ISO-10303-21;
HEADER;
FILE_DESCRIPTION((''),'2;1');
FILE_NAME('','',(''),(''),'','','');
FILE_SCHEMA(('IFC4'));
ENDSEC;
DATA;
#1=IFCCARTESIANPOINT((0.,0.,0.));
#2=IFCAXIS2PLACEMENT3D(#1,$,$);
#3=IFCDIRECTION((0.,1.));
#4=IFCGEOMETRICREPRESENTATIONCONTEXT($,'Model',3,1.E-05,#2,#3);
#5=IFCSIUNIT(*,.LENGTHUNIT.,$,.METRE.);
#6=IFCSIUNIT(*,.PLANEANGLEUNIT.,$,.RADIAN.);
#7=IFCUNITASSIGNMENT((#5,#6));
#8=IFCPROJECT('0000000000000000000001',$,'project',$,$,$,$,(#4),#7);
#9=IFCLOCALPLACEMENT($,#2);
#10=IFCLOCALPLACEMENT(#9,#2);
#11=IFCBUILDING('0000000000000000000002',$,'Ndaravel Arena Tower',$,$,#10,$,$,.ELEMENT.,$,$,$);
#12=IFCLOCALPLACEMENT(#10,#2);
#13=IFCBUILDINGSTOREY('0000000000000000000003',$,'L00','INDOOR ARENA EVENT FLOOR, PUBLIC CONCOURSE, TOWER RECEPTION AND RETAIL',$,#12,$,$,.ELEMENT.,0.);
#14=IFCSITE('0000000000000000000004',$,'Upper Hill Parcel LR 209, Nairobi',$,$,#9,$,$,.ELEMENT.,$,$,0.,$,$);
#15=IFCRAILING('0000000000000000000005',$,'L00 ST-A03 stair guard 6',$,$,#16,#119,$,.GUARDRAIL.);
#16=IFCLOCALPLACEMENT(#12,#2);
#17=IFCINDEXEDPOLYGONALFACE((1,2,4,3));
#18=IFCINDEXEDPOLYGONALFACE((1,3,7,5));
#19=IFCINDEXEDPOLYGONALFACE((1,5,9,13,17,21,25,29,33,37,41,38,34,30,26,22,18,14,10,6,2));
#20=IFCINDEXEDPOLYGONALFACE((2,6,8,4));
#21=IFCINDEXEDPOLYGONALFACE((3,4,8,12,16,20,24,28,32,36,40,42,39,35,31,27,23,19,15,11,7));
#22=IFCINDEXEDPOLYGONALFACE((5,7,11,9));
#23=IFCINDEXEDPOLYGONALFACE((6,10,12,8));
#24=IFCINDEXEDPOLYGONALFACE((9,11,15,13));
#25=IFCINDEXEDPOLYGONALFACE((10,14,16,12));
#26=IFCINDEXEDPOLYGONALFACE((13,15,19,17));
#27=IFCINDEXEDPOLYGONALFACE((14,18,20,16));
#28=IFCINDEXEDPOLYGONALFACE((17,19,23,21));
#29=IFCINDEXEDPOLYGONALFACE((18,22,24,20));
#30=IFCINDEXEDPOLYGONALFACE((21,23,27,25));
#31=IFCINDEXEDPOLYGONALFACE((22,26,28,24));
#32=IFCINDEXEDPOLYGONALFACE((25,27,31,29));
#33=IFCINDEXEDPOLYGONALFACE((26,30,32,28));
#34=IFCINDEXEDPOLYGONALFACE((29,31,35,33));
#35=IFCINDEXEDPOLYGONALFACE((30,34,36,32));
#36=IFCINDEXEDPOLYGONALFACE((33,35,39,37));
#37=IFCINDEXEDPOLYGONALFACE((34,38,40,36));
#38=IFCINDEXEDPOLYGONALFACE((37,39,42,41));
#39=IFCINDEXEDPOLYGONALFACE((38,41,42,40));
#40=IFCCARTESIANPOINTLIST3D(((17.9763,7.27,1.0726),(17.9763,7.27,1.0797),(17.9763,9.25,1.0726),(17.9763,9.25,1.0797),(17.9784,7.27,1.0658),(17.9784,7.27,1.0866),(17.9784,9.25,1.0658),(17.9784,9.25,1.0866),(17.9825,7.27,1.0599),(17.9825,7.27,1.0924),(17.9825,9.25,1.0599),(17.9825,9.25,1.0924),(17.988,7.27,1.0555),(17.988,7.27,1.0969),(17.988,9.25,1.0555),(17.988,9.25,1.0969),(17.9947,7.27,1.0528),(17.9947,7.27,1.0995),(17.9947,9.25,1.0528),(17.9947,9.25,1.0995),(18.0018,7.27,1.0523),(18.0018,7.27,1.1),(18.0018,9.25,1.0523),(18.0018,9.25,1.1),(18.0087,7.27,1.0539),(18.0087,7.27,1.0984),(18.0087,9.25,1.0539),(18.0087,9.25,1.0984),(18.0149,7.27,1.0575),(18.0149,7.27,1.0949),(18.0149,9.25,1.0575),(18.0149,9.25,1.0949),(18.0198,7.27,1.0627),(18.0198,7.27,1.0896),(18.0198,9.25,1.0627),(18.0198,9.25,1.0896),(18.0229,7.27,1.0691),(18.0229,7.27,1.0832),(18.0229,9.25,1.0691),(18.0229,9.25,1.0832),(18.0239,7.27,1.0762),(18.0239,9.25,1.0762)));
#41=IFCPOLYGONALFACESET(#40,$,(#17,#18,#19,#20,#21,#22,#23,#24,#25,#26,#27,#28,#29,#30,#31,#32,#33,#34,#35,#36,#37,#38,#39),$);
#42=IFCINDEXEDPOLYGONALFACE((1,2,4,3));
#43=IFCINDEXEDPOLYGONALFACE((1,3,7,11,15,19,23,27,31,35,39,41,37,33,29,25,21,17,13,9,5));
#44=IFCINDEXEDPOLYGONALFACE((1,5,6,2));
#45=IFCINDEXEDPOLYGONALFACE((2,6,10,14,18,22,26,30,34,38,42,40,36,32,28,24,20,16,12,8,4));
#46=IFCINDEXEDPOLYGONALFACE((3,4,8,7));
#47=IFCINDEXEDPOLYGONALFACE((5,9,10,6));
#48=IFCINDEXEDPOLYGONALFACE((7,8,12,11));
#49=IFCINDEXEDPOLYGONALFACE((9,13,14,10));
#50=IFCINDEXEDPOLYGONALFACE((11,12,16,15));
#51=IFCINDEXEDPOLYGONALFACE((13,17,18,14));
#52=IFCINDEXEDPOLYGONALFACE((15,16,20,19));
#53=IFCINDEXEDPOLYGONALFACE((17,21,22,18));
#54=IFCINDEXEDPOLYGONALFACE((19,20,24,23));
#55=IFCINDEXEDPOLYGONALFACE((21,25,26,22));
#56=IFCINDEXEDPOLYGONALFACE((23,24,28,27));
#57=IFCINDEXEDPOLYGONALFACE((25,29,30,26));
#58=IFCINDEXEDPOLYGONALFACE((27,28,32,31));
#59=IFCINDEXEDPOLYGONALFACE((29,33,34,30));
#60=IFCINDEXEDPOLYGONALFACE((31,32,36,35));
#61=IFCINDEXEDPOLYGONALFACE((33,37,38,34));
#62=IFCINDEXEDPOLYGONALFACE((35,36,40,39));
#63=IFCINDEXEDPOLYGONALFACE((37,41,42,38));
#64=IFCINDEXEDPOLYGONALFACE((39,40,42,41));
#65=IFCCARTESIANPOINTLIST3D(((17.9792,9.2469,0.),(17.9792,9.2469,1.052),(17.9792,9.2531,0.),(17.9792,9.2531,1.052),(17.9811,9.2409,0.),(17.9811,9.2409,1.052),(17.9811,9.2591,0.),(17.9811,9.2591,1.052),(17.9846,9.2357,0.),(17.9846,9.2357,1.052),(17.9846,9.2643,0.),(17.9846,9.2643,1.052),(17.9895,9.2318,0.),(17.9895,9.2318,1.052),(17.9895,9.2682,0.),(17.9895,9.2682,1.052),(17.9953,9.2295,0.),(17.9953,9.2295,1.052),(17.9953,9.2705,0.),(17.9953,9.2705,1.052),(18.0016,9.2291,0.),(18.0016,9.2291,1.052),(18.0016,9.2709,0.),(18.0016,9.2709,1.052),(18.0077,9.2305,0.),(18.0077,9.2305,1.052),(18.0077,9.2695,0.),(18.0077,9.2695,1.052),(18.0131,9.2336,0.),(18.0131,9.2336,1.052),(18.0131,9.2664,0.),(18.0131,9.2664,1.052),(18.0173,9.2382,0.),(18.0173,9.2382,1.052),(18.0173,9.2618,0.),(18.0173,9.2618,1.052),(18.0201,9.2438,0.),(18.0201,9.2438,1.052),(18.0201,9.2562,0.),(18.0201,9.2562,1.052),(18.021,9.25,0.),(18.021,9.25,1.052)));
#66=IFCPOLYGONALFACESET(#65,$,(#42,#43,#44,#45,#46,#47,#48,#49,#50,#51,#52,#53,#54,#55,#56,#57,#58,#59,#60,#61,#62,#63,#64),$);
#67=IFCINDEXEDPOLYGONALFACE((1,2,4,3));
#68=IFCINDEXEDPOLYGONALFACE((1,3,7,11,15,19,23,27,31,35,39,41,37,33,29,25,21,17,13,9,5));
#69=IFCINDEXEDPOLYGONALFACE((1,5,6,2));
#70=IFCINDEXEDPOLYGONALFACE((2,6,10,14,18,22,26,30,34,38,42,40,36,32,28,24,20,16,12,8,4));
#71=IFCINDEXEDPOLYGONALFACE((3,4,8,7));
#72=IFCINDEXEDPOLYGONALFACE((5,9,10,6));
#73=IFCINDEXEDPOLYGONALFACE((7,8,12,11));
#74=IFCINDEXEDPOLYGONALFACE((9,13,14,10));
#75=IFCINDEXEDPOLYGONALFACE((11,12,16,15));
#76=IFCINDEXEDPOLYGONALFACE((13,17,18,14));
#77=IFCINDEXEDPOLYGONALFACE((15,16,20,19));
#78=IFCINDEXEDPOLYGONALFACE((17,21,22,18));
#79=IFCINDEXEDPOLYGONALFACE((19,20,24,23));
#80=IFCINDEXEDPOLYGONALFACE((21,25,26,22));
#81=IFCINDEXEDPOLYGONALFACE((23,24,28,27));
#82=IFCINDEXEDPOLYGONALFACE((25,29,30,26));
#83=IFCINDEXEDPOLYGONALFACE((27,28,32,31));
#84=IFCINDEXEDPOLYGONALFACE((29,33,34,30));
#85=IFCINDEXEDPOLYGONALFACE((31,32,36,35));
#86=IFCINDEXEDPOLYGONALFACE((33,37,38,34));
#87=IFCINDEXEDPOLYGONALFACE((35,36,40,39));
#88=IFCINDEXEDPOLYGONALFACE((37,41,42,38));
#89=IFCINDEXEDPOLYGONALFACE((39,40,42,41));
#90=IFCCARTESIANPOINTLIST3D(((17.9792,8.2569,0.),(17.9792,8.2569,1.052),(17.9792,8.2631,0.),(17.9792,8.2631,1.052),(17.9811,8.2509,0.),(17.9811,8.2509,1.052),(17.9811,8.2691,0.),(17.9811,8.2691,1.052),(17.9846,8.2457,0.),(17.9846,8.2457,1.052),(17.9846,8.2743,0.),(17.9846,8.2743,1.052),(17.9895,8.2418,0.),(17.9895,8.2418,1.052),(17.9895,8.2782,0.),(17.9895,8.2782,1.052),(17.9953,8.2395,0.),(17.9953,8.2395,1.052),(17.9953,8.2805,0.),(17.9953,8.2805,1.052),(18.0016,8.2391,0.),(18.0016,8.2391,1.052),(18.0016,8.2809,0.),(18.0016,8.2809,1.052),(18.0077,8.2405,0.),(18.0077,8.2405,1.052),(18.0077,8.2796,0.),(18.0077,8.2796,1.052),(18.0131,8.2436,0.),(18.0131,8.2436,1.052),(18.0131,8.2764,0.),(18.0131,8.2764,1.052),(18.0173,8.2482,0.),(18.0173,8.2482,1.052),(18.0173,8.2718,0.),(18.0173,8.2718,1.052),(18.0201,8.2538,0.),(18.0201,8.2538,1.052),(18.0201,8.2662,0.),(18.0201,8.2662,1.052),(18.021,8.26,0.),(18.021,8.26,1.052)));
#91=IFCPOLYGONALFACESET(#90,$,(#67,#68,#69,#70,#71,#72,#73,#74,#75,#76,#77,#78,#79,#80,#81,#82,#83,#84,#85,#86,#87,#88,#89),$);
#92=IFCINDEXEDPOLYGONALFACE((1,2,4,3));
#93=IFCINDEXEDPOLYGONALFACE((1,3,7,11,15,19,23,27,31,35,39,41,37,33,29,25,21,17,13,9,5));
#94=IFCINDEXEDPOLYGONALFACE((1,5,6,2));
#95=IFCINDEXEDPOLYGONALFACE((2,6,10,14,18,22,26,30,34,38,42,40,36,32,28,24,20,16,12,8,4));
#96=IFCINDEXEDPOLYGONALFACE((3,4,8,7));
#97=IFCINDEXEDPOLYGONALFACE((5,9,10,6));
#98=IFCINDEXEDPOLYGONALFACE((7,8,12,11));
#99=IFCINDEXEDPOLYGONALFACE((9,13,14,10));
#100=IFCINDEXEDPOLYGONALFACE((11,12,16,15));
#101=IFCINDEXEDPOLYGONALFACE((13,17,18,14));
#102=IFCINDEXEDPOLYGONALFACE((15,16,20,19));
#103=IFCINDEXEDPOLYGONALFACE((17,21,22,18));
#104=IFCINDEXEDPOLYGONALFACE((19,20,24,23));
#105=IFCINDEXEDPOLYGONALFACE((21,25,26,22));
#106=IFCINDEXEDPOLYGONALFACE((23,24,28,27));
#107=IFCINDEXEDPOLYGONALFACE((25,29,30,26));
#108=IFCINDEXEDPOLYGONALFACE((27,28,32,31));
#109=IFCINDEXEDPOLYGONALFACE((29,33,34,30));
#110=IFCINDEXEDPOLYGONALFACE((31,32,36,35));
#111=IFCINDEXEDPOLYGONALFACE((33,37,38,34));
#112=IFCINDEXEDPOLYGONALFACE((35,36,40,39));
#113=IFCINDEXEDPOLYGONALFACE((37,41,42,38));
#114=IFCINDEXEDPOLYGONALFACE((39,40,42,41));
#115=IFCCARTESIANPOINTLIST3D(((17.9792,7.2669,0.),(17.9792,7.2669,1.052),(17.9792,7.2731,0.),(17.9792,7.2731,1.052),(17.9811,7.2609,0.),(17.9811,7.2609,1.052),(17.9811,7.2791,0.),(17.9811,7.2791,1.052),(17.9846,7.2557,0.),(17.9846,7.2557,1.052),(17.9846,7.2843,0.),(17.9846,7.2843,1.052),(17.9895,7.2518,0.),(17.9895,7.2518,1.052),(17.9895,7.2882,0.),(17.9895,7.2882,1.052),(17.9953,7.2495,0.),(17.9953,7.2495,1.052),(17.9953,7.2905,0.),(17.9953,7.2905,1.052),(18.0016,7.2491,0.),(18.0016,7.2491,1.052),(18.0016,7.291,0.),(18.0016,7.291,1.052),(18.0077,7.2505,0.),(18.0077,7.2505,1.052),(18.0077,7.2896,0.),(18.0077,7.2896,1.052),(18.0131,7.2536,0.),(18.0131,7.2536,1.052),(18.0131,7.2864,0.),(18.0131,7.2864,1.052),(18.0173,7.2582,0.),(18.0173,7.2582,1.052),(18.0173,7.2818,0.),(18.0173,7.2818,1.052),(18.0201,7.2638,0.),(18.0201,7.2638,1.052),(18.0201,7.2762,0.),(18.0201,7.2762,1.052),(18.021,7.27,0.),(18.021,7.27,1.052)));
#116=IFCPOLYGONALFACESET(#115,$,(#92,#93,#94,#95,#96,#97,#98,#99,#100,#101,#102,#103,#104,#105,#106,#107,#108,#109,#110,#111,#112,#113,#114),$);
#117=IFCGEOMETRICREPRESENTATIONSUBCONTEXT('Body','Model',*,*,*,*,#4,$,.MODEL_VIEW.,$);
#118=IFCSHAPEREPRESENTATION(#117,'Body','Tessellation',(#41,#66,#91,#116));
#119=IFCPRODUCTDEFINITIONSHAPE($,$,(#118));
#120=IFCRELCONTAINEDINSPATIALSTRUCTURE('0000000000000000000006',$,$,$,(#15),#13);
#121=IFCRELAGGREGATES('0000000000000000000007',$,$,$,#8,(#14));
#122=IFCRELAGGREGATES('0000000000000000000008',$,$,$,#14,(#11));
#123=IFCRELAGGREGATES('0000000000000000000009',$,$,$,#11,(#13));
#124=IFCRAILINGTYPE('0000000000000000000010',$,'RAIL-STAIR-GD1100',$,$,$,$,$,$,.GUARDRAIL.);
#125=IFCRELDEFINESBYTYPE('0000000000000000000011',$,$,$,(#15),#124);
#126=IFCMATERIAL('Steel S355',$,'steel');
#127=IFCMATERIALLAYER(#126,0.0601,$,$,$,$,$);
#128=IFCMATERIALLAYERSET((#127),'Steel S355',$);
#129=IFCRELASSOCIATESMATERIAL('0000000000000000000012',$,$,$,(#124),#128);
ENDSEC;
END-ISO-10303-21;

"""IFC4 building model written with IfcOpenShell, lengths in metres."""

from ifc_helpers import new_model, si_unit, direction, frame, origin, origin_2d, place, context, subcontext, project, spatial, circle, extrude, material, layer, layer_set, type_object, element, save


model = new_model("IFC4")

# Units and contexts
model_context = context("Model", 3, precision=1e-05, world=origin(), true_north=direction((0.0, 1.0)))
body_context = subcontext(model_context, "Body", "Model", "MODEL_VIEW")
ifc_project = project(units=[si_unit("LENGTHUNIT", "METRE"), si_unit("PLANEANGLEUNIT", "RADIAN")], contexts=[model_context])

# Site, building, storey
site_placement = place(None, origin())
site = spatial("IfcSite", under=ifc_project, at=site_placement, Name="Upper Hill Parcel LR 209, Nairobi", CompositionType="ELEMENT", RefElevation=0.0)
building_placement = place(site_placement, origin())
building = spatial("IfcBuilding", under=site, at=building_placement, Name="Ndaravel Arena Tower", CompositionType="ELEMENT")
storey_placement = place(building_placement, origin())
storey = spatial("IfcBuildingStorey", under=building, at=storey_placement, Name="L00", Description="INDOOR ARENA EVENT FLOOR, PUBLIC CONCOURSE, TOWER RECEPTION AND RETAIL", CompositionType="ELEMENT", Elevation=0.0)

# Railing
ifc_material_1 = material(Name="Steel S355", Category="steel")
ifc_layer_1 = layer(ifc_material_1, 0.0601)
ifc_layer_set_1 = layer_set([ifc_layer_1], Name="Steel S355")
railing_type = type_object("IfcRailingType", Name="RAIL-STAIR-GD1100", PredefinedType="GUARDRAIL", material=ifc_layer_set_1)
railing_placement = place(storey_placement, frame((18.0, 9.25, 0.0)))
element("IfcRailing", 1, at=railing_placement, inside=storey, type_object=railing_type, Name="L00 ST-A03 stair guard 6", PredefinedType="GUARDRAIL", context=body_context, shape_type="SweptSolid", body=[
    extrude(circle(Radius=0.0239, at=origin_2d()), frame((0.0, 0.0, 1.0762), z_axis=(0.0, -1.0, 0.0), x_axis=(1.0, 0.0, 0.0)), (0.0, 0.0, 1.0), 1.98),
    extrude(circle(Radius=0.021, at=origin_2d()), origin(), (0.0, 0.0, 1.0), 1.052),
    extrude(circle(Radius=0.021, at=origin_2d()), frame((0.0, -0.99, 0.0)), (0.0, 0.0, 1.0), 1.052),
    extrude(circle(Radius=0.021, at=origin_2d()), frame((0.0, -1.98, 0.0)), (0.0, 0.0, 1.0), 1.052),
])

save(model, "model.ifc")
